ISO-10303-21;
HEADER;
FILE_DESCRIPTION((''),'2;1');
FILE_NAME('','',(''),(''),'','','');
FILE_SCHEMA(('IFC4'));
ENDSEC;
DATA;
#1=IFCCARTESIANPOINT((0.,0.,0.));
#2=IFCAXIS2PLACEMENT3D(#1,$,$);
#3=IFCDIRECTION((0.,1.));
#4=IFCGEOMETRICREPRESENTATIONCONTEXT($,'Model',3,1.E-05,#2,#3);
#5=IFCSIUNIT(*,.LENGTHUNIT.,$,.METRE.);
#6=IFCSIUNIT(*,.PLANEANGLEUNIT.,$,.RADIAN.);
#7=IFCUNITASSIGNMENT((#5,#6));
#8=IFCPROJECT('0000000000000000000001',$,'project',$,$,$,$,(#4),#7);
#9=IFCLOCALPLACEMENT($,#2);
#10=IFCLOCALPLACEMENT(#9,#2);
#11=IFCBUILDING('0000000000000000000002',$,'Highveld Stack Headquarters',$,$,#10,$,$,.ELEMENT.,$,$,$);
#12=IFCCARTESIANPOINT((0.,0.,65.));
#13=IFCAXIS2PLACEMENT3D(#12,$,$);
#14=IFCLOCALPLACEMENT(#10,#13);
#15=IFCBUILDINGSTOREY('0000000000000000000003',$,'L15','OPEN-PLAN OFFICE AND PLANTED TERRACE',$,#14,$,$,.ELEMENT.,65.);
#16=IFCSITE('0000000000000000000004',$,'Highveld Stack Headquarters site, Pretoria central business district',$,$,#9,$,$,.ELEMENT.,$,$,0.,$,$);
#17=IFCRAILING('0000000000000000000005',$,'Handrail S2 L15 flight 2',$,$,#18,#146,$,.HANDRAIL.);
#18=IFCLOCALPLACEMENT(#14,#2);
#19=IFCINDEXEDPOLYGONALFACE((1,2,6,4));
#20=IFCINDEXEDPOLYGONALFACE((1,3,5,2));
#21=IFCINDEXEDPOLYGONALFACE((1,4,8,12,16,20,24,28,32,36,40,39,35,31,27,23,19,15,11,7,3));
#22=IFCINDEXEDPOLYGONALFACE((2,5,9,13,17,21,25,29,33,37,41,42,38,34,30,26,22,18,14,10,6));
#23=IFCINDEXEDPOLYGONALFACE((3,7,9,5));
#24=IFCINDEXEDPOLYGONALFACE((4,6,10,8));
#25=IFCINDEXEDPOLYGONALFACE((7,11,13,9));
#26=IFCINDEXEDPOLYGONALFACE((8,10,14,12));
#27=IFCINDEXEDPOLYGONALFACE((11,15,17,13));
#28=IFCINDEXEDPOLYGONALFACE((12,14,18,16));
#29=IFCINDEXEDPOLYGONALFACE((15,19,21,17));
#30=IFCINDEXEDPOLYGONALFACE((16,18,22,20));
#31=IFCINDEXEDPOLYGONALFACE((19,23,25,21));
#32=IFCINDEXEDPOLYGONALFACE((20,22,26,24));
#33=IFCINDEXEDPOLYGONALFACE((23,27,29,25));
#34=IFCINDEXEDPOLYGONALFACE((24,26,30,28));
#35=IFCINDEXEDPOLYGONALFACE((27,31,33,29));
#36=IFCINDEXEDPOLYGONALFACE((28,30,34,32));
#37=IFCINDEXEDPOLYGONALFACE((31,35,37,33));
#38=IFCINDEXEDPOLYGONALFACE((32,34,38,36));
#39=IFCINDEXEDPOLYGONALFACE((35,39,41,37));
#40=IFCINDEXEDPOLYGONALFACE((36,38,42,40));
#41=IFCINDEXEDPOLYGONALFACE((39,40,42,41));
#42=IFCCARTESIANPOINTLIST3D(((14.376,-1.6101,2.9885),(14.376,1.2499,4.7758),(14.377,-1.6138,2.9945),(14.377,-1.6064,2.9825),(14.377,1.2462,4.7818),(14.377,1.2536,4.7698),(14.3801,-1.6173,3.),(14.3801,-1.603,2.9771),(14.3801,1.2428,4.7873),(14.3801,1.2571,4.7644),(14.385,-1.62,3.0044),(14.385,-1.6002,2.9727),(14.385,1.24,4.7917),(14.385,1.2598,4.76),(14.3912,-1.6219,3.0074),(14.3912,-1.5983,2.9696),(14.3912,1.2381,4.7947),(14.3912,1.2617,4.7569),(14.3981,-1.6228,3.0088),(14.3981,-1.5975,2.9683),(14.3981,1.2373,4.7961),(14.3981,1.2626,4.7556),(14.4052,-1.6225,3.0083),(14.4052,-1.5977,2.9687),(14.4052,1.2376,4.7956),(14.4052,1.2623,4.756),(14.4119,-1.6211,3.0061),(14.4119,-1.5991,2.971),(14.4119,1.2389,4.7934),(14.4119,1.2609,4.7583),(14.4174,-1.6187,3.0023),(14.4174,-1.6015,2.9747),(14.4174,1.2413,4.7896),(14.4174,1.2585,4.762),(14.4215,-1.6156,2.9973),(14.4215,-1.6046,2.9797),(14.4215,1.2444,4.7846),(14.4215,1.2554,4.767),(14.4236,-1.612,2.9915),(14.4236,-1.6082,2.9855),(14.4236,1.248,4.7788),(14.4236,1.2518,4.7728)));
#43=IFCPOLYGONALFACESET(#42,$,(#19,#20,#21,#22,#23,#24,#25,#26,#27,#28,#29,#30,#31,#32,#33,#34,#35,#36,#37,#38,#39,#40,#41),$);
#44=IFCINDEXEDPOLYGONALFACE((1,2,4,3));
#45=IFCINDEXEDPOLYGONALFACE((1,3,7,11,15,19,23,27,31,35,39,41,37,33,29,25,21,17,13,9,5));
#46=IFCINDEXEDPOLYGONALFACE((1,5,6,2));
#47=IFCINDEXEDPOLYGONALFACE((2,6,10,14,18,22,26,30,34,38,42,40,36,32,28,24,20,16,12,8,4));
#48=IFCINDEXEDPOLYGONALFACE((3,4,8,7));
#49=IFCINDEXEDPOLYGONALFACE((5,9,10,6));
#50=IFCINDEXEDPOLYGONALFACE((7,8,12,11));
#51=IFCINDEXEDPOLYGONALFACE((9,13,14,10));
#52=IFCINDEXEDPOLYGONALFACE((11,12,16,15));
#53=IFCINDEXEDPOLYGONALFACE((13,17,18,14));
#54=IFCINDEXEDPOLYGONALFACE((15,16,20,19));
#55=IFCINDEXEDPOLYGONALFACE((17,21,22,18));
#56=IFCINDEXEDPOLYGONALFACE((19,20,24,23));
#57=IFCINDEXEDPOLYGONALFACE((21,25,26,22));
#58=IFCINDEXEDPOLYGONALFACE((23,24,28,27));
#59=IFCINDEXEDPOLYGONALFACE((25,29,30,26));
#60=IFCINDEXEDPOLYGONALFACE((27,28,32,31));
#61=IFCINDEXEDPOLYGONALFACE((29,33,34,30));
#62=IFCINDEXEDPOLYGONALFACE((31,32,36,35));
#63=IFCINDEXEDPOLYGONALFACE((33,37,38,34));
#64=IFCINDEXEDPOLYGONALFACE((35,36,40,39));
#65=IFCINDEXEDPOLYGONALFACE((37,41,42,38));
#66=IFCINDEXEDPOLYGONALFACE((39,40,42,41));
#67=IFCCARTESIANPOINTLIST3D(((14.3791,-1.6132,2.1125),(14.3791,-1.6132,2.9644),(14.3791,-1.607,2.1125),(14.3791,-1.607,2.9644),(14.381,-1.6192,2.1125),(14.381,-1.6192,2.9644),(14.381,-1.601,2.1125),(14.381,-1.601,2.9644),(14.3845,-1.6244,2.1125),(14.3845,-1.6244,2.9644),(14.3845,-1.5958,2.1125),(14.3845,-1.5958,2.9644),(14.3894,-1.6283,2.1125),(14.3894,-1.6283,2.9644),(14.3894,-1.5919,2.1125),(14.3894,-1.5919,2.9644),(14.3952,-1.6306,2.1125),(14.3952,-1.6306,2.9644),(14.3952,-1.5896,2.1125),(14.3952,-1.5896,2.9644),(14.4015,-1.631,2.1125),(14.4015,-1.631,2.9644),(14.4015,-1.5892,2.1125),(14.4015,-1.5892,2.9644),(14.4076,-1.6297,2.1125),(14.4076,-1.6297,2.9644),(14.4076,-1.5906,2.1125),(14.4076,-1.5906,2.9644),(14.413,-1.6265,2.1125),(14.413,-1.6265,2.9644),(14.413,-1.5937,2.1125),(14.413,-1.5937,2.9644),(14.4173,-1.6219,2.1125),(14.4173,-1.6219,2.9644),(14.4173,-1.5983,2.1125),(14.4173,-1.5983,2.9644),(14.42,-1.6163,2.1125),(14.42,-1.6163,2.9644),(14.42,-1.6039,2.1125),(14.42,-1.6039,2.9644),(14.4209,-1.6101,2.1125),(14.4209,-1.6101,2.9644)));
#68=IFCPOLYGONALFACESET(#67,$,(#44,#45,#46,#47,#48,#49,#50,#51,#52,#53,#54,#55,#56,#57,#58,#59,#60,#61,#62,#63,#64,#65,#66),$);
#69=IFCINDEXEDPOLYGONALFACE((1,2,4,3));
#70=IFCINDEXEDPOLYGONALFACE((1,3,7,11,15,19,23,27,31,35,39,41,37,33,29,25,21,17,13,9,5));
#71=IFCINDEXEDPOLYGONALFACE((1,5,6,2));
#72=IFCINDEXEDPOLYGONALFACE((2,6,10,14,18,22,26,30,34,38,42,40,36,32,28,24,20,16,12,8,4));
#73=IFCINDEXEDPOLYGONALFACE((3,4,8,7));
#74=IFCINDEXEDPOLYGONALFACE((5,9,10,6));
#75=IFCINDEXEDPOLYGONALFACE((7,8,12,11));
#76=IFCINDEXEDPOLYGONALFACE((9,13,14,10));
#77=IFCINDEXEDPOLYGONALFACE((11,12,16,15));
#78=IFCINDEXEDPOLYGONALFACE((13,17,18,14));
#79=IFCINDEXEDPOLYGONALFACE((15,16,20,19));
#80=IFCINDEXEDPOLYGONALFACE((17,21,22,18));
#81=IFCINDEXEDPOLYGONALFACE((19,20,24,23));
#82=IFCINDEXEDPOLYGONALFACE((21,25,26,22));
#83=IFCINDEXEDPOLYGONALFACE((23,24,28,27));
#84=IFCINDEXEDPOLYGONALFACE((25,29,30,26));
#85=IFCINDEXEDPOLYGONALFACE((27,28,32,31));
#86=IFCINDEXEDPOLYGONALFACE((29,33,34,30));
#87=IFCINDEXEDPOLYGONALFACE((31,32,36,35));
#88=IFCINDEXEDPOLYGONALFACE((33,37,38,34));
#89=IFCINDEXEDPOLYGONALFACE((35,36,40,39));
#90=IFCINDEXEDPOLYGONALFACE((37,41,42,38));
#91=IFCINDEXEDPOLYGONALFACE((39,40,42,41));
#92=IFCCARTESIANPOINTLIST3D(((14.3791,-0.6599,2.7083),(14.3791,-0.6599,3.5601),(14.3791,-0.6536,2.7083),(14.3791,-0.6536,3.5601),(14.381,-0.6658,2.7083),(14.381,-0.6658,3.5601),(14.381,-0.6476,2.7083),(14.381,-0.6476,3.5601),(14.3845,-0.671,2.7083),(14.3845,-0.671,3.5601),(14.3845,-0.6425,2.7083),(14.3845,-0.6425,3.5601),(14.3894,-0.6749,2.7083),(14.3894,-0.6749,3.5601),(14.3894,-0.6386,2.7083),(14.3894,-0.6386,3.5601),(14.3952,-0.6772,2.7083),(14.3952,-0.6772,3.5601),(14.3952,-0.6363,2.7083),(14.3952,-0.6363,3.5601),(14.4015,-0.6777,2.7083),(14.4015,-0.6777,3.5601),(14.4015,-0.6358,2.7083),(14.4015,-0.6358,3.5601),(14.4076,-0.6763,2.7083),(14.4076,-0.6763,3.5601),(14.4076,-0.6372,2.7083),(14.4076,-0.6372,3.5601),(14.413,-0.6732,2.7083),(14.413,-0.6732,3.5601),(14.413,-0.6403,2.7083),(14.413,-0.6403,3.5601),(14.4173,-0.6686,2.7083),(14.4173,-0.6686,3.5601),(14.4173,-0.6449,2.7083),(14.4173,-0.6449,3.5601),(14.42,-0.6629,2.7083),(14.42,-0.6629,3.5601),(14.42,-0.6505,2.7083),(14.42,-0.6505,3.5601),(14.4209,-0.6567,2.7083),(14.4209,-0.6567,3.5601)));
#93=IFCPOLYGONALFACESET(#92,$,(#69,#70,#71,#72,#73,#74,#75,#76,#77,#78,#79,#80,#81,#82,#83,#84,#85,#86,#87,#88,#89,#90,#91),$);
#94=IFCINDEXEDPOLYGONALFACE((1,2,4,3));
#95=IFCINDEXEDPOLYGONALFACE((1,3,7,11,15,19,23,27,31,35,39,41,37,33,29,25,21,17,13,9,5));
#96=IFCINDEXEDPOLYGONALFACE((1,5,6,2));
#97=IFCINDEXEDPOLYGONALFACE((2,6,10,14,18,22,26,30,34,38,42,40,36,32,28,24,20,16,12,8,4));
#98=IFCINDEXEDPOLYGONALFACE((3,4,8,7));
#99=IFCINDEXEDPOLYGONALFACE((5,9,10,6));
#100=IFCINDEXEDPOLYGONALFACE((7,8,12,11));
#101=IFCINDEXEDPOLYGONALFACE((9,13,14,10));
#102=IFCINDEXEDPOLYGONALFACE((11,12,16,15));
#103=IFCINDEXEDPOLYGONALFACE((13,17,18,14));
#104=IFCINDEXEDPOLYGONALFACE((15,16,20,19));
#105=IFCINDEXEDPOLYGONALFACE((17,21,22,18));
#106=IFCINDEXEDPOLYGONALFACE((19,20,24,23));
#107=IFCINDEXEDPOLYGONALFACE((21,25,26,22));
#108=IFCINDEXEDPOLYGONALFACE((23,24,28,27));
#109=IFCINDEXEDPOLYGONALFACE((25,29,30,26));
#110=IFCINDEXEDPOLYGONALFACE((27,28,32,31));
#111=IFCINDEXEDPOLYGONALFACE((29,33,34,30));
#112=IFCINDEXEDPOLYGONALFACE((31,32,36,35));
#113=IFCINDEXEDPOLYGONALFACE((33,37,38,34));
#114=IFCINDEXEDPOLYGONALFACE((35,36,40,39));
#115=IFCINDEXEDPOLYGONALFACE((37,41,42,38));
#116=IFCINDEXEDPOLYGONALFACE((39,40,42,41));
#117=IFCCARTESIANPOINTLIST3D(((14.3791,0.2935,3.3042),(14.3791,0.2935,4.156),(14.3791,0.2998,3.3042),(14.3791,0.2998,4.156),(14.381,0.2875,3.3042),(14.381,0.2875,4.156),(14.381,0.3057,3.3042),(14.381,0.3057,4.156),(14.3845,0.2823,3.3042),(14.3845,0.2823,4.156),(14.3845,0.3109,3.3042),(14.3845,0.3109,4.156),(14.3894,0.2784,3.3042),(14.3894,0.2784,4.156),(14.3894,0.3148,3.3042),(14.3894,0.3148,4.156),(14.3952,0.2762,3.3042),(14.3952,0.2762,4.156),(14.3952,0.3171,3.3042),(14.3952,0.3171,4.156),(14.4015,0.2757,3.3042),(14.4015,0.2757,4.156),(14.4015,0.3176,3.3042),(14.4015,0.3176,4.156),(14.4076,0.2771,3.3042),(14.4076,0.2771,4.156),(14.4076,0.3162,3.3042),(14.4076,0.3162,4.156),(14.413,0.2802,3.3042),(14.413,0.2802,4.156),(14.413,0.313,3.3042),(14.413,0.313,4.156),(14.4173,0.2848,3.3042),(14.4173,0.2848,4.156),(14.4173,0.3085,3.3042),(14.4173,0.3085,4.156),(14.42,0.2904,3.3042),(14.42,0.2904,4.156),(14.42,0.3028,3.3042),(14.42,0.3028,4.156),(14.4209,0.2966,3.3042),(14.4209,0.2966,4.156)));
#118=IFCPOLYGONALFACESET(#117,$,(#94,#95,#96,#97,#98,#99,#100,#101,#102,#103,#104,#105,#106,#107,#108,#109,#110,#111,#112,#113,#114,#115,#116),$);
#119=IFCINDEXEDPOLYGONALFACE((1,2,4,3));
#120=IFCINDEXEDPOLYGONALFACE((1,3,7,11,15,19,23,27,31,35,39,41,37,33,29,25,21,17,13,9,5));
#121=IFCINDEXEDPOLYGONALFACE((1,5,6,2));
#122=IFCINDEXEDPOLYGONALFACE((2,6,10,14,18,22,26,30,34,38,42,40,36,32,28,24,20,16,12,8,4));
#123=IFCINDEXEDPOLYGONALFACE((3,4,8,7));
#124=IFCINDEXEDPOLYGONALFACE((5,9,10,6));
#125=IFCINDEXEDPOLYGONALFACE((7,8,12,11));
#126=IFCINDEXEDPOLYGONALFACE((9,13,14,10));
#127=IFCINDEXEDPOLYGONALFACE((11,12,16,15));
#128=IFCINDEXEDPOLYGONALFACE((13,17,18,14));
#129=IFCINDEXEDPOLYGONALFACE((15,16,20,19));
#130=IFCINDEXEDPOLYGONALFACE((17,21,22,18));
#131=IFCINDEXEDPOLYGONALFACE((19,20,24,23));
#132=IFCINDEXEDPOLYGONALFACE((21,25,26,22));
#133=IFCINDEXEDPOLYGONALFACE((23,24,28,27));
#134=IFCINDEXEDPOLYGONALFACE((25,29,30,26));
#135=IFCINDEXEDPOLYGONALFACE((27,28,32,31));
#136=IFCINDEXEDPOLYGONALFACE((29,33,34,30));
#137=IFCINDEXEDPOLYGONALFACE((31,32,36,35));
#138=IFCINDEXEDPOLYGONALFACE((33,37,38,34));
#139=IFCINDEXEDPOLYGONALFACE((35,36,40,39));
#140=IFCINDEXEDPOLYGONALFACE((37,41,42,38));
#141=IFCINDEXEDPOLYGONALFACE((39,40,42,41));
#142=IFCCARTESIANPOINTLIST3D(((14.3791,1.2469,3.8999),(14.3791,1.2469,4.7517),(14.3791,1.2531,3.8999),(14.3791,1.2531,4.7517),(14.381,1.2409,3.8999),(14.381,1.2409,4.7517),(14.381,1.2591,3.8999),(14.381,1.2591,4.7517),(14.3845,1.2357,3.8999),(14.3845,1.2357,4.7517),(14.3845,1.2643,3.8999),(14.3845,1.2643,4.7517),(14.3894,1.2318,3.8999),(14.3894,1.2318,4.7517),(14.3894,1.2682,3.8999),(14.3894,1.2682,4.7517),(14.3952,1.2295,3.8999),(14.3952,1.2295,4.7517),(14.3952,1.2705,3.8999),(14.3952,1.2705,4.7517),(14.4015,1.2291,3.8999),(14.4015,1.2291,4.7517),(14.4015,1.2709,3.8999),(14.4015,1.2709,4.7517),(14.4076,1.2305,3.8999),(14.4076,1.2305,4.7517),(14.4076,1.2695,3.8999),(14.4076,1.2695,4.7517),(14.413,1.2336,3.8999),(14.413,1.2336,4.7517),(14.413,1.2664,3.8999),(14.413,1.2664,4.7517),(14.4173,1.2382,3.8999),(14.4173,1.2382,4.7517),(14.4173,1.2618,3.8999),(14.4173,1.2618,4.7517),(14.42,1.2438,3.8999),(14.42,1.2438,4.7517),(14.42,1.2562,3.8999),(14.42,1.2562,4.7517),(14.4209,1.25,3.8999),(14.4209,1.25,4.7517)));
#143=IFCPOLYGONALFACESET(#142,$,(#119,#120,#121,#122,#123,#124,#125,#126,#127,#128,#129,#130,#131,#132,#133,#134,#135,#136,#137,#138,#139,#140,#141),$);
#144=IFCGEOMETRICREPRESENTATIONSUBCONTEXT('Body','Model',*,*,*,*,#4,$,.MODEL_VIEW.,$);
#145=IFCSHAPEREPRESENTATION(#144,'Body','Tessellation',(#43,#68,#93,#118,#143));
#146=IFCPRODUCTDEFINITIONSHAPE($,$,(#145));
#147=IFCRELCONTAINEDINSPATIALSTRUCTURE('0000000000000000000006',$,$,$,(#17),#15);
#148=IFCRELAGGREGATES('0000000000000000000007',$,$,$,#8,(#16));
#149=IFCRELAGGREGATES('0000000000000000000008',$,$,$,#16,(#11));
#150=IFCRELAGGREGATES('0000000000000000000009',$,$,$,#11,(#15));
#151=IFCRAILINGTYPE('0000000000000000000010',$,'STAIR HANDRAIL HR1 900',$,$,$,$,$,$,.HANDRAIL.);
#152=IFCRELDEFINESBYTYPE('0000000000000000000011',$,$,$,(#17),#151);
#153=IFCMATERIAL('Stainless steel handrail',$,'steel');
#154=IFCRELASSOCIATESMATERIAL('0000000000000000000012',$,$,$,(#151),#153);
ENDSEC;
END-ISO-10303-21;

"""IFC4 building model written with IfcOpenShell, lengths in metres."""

from ifc_helpers import new_model, si_unit, direction, frame, origin, origin_2d, place, context, subcontext, project, spatial, circle, extrude, material, type_object, element, save


model = new_model("IFC4")

# Units and contexts
model_context = context("Model", 3, precision=1e-05, world=origin(), true_north=direction((0.0, 1.0)))
body_context = subcontext(model_context, "Body", "Model", "MODEL_VIEW")
ifc_project = project(units=[si_unit("LENGTHUNIT", "METRE"), si_unit("PLANEANGLEUNIT", "RADIAN")], contexts=[model_context])

# Site, building, storey
site_placement = place(None, origin())
site = spatial("IfcSite", under=ifc_project, at=site_placement, Name="Highveld Stack Headquarters site, Pretoria central business district", CompositionType="ELEMENT", RefElevation=0.0)
building_placement = place(site_placement, origin())
building = spatial("IfcBuilding", under=site, at=building_placement, Name="Highveld Stack Headquarters", CompositionType="ELEMENT")
storey_placement = place(building_placement, frame((0.0, 0.0, 65.0)))
storey = spatial("IfcBuildingStorey", under=building, at=storey_placement, Name="L15", Description="OPEN-PLAN OFFICE AND PLANTED TERRACE", CompositionType="ELEMENT", Elevation=65.0)

# Railing
ifc_material_1 = material(Name="Stainless steel handrail", Category="steel")
railing_type = type_object("IfcRailingType", Name="STAIR HANDRAIL HR1 900", PredefinedType="HANDRAIL", material=ifc_material_1)
for number, where, name in (
    (1, (14.3999, -1.6101, 2.1125), "Handrail S2 L15 flight 2"),
):
    element("IfcRailing", number, at=place(storey_placement, frame(where)), inside=storey, type_object=railing_type, Name=name, PredefinedType="HANDRAIL", context=body_context, shape_type="SweptSolid", body=[
        extrude(circle(Radius=0.0239, at=origin_2d()), frame((0.0, 0.0, 0.876), z_axis=(0.0, 0.848027, 0.529953), x_axis=(-1.0, 0.0, 0.0)), (0.0, 0.0, 1.0), 3.3726),
        extrude(circle(Radius=0.021, at=origin_2d()), origin(), (0.0, 0.0, 1.0), 0.8518),
        extrude(circle(Radius=0.021, at=origin_2d()), frame((0.0, 0.9534, 0.5957)), (0.0, 0.0, 1.0), 0.8518),
        extrude(circle(Radius=0.021, at=origin_2d()), frame((0.0, 1.9067, 1.1917)), (0.0, 0.0, 1.0), 0.8518),
        extrude(circle(Radius=0.021, at=origin_2d()), frame((0.0, 2.8601, 1.7874)), (0.0, 0.0, 1.0), 0.8518),
    ])

save(model, "model.ifc")
